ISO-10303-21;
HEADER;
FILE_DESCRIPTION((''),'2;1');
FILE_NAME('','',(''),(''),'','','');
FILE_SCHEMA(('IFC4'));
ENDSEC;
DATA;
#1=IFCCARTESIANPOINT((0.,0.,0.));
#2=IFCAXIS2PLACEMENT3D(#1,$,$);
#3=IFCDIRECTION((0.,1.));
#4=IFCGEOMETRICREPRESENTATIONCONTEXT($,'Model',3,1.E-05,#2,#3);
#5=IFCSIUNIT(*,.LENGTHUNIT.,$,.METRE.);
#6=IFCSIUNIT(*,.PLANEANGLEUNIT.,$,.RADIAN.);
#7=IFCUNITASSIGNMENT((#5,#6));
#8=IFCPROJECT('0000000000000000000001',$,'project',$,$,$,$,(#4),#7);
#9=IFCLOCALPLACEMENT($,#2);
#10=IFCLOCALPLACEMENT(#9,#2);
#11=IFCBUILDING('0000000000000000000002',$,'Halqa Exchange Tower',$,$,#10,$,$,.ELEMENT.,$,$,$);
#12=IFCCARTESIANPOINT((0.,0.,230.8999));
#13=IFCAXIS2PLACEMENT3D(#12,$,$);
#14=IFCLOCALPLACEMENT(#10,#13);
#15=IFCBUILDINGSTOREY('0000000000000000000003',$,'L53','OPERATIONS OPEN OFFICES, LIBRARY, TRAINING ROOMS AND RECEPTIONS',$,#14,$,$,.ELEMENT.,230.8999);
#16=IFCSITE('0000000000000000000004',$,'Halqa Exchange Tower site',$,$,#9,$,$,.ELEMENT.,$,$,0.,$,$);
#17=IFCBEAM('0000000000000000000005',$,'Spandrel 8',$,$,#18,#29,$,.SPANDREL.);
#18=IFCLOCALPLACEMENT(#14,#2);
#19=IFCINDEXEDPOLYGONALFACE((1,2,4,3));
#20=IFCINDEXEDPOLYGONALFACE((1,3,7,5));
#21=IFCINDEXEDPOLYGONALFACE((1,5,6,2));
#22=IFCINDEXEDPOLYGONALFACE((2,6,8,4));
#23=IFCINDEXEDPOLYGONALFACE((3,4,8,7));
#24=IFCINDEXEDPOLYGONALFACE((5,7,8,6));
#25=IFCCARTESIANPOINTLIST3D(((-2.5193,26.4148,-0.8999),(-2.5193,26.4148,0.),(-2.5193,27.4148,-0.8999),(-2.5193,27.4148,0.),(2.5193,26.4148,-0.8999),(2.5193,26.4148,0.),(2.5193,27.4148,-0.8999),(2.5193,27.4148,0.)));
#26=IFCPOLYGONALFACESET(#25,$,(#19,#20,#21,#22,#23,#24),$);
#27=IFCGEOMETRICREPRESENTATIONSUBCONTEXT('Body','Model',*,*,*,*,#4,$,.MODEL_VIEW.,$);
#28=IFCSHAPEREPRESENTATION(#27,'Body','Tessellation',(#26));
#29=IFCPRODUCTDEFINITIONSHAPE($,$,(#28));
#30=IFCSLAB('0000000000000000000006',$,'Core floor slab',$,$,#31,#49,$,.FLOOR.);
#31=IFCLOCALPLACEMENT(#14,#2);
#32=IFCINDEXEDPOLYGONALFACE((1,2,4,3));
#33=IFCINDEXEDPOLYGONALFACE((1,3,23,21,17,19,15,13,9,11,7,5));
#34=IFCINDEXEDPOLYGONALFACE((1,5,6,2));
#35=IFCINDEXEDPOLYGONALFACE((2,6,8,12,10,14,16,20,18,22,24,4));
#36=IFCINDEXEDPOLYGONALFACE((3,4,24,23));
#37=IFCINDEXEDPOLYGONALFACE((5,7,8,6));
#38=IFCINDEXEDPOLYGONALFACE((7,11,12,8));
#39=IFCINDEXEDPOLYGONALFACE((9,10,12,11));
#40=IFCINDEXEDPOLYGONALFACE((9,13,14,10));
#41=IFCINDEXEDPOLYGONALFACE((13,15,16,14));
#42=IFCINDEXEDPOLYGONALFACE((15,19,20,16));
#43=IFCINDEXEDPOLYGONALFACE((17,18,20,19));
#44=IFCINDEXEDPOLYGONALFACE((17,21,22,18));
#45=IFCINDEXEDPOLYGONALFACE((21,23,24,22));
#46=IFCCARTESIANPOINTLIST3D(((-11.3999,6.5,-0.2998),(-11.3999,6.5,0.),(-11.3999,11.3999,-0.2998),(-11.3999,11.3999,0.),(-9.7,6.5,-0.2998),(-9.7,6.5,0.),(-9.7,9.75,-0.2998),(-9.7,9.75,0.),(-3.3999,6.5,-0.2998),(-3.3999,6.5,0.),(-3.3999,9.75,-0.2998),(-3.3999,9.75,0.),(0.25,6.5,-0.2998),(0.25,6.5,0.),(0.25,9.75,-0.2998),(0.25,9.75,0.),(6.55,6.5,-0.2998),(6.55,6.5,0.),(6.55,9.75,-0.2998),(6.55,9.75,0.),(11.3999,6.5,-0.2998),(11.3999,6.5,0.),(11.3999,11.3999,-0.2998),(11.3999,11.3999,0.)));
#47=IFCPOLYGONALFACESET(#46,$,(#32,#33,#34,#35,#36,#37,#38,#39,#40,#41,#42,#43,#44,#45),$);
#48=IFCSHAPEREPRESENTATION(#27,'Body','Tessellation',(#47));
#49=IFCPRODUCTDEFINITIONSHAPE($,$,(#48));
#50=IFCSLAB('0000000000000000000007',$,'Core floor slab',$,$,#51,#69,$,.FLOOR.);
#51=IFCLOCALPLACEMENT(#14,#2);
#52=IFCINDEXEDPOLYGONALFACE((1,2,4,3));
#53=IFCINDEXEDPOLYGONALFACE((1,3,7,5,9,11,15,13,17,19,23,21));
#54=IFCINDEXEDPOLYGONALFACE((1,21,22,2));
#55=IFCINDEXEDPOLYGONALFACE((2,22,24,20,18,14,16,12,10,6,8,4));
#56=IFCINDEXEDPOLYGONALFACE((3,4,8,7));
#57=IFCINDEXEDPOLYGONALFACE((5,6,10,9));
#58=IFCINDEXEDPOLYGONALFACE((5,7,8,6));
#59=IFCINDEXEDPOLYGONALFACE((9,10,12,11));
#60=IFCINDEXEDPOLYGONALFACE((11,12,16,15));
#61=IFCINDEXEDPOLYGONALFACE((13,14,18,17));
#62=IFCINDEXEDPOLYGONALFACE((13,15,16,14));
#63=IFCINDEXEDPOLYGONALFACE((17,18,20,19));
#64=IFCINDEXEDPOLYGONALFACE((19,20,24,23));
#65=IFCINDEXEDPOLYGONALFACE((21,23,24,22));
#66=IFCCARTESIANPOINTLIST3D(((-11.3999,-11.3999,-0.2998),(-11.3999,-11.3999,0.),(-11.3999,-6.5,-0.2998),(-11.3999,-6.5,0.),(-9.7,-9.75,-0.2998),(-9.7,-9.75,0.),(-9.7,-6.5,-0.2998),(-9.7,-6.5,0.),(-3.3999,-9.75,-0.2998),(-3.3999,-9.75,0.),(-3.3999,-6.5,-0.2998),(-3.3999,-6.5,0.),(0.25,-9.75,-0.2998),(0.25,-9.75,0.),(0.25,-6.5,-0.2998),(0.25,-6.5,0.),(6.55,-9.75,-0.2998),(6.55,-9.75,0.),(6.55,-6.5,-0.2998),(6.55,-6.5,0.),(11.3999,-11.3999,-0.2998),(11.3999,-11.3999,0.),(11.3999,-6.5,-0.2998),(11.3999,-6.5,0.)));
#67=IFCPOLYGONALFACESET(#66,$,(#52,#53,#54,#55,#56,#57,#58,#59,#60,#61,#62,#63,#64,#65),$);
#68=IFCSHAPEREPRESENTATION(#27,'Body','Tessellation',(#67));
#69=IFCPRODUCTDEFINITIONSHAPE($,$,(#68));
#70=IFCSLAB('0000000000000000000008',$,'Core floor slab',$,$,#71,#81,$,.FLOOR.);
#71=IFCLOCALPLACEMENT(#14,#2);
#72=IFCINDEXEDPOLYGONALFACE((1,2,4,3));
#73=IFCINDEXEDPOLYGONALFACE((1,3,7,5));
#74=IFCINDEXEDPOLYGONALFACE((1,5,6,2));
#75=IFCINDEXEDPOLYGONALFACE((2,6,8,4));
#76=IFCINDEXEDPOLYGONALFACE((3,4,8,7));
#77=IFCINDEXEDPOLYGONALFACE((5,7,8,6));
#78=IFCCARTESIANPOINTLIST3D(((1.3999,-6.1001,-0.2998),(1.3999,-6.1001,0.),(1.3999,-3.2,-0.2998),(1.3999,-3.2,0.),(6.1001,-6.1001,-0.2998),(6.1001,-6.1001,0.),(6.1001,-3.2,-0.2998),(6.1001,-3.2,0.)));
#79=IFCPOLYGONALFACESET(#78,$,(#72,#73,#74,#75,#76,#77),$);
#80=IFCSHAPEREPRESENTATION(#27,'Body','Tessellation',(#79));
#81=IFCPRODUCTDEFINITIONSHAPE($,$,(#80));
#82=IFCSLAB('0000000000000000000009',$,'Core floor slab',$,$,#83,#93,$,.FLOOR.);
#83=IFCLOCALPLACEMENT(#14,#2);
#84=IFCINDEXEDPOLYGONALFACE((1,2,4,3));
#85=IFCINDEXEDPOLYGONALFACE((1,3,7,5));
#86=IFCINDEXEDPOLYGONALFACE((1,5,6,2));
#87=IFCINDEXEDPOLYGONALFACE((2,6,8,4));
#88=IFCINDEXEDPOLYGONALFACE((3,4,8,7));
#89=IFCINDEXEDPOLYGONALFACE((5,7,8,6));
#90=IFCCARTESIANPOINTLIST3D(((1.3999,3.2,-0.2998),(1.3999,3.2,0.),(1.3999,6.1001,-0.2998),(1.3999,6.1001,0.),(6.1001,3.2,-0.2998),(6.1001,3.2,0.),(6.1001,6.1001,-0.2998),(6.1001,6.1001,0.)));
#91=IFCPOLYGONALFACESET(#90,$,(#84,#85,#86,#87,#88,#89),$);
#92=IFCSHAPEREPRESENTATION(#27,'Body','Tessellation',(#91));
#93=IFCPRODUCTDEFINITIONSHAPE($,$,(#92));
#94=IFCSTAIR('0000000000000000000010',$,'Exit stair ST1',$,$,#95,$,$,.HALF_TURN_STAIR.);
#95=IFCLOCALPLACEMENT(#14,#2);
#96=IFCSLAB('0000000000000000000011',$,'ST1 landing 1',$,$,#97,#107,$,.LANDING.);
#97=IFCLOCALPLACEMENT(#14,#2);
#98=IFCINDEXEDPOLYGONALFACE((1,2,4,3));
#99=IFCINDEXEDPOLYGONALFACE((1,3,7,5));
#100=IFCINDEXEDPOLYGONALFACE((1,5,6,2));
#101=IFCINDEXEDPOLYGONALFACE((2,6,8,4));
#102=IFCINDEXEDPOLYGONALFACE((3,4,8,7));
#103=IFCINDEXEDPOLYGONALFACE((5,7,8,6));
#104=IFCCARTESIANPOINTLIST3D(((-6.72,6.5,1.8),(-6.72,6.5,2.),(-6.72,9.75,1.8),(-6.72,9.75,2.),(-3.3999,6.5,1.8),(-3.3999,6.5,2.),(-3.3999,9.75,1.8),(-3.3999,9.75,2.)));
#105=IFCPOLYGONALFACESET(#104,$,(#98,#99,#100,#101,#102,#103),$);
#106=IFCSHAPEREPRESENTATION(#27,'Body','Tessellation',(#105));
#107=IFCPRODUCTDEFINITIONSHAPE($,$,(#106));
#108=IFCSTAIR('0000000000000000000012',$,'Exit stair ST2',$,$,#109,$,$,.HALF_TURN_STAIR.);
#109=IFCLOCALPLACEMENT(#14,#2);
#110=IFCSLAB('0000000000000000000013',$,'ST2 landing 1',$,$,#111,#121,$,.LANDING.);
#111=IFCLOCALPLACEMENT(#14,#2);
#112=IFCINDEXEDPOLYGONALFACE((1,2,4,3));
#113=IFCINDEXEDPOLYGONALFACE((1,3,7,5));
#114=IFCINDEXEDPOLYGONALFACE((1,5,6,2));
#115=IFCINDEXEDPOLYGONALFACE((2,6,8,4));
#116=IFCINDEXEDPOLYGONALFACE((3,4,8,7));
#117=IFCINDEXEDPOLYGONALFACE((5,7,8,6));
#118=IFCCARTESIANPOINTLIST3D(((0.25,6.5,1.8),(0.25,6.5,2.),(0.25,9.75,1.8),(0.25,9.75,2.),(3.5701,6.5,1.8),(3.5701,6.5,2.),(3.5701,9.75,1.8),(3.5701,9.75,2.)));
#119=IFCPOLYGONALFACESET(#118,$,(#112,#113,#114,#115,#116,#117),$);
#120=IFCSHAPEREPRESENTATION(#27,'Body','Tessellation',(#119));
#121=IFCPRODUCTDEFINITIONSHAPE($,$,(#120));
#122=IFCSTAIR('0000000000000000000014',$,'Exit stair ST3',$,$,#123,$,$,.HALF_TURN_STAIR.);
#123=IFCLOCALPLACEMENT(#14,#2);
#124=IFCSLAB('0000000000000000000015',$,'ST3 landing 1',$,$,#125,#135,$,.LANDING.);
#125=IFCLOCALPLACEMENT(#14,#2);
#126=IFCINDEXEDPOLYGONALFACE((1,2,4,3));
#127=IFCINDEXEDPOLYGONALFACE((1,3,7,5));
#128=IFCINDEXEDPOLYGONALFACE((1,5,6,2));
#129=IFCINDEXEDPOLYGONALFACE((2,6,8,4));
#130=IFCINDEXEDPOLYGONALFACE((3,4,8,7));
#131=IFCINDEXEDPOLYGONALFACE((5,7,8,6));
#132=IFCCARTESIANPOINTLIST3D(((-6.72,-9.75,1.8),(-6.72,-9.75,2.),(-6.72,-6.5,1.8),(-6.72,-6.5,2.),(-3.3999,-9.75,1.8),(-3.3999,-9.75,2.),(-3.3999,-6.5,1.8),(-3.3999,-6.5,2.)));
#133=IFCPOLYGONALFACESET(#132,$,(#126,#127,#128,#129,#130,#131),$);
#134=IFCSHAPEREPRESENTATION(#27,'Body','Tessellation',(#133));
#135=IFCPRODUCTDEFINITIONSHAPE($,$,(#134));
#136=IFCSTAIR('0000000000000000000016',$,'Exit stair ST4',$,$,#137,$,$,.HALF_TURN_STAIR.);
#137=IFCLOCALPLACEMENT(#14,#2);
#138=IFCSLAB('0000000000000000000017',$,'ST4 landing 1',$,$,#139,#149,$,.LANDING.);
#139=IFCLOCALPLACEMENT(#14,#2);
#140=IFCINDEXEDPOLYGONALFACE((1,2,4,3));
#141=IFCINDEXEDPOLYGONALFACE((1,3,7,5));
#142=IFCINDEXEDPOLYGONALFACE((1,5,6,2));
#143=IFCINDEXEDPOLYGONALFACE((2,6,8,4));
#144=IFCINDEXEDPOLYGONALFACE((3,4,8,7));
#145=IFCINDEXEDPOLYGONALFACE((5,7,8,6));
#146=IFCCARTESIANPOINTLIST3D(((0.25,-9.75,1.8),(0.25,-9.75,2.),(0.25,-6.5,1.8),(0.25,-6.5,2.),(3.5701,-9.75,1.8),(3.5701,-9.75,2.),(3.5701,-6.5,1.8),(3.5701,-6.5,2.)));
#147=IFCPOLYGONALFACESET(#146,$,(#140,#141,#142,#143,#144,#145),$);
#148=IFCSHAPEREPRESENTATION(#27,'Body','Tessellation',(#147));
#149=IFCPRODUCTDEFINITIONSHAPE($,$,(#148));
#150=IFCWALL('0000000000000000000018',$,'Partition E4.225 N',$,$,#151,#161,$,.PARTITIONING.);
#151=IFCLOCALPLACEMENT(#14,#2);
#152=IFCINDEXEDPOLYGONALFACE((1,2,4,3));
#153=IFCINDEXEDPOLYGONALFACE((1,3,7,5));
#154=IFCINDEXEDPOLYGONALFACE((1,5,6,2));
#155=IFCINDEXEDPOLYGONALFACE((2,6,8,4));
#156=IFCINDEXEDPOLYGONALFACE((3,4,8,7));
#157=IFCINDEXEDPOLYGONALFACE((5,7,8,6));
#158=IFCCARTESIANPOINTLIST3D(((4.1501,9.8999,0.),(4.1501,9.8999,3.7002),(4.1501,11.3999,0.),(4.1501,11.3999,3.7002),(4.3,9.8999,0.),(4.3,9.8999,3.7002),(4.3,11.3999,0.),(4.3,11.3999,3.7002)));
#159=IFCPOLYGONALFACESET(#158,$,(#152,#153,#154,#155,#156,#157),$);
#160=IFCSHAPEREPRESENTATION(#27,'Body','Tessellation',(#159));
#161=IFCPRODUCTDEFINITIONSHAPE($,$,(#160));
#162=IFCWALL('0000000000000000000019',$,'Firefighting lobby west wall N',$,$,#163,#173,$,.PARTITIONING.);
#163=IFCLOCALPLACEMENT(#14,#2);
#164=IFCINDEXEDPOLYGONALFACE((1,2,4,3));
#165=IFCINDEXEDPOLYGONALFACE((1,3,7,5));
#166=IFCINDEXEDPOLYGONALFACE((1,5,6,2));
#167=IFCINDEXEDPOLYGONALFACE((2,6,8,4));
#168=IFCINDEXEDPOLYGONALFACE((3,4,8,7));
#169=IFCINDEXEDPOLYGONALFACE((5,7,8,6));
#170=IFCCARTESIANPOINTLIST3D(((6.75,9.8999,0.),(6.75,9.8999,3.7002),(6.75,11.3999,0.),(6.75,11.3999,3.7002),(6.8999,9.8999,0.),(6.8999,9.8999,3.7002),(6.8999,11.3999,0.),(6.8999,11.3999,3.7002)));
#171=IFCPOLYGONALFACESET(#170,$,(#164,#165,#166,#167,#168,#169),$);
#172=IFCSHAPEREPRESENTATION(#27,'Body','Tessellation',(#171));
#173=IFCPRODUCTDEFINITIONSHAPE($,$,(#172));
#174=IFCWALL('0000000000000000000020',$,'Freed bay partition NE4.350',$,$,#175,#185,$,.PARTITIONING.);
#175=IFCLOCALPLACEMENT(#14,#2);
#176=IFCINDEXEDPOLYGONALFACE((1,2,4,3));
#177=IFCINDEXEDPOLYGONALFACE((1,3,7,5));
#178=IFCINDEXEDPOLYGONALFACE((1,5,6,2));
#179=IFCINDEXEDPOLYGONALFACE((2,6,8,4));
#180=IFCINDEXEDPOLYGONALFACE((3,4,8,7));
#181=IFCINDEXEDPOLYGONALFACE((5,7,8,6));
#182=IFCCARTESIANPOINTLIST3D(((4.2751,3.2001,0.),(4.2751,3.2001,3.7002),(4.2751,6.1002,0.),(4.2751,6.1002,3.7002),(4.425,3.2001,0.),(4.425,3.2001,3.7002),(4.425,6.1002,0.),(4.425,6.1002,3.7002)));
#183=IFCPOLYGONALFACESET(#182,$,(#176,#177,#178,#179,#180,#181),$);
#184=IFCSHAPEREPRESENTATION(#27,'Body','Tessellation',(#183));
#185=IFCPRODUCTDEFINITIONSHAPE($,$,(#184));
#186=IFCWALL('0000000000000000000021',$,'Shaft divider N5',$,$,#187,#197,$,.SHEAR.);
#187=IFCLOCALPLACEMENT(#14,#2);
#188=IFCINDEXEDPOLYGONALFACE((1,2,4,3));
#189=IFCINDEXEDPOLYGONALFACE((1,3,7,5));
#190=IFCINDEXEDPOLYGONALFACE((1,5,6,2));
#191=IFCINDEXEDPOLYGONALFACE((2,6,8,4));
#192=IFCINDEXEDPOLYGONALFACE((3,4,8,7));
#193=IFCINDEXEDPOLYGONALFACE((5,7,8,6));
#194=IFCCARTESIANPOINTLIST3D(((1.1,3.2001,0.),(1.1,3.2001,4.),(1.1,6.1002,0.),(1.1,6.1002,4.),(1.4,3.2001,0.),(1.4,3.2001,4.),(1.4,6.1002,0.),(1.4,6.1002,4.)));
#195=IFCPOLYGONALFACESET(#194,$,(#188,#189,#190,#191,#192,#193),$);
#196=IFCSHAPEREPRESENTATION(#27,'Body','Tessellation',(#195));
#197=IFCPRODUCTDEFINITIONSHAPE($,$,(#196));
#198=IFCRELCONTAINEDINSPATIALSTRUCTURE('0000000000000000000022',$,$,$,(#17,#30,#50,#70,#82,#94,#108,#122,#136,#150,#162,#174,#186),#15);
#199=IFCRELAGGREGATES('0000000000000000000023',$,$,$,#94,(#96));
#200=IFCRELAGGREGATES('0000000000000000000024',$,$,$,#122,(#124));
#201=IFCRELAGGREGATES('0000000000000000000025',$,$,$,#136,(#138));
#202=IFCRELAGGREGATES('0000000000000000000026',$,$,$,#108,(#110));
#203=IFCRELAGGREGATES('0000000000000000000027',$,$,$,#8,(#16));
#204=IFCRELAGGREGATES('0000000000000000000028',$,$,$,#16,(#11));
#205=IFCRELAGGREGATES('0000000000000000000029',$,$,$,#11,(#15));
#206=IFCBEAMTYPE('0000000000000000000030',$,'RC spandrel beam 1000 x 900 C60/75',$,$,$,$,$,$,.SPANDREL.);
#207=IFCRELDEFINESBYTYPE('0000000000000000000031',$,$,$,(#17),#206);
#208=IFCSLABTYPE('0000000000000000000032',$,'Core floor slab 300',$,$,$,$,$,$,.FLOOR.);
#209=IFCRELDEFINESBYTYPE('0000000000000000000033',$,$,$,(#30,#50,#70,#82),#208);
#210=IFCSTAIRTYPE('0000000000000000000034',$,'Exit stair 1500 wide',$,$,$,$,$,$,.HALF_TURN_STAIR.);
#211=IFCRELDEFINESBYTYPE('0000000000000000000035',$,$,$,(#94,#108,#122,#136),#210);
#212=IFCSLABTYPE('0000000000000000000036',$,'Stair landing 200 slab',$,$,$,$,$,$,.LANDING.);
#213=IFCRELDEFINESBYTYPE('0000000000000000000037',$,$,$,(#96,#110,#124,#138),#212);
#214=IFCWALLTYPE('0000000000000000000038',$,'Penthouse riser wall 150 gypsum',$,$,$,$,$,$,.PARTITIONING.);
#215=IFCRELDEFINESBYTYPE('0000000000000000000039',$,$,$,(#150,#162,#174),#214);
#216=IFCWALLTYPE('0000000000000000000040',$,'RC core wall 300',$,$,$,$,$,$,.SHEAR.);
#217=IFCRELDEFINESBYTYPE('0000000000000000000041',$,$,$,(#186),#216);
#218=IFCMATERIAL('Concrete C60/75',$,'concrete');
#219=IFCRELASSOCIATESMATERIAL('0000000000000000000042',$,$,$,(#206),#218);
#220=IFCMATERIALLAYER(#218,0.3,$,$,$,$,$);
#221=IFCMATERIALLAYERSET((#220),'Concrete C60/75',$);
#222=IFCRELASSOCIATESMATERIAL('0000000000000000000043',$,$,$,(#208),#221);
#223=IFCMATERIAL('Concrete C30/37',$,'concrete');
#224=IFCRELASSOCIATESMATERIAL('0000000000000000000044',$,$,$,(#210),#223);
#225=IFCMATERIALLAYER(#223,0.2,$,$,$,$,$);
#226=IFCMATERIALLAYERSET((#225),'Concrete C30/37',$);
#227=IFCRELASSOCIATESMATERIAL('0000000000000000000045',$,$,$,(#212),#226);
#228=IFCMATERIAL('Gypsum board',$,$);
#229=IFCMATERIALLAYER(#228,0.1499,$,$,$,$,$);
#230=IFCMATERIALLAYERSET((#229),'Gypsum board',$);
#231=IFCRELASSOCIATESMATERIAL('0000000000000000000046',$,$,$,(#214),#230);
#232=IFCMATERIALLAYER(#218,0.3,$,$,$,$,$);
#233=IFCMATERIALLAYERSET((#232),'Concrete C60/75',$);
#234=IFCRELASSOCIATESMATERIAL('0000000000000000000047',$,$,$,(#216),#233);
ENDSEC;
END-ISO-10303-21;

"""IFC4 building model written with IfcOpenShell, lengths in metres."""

from ifc_helpers import new_model, si_unit, direction, frame, frame_2d, origin, origin_2d, place, context, subcontext, project, spatial, polyline, rectangle, outline, extrude, material, layer, layer_set, material_profile, profile_set, type_object, element, aggregate, save


model = new_model("IFC4")

# Units and contexts
model_context = context("Model", 3, precision=1e-05, world=origin(), true_north=direction((0.0, 1.0)))
body_context = subcontext(model_context, "Body", "Model", "MODEL_VIEW")
ifc_project = project(units=[si_unit("LENGTHUNIT", "METRE"), si_unit("PLANEANGLEUNIT", "RADIAN")], contexts=[model_context])

# Site, building, storey
site_placement = place(None, origin())
site = spatial("IfcSite", under=ifc_project, at=site_placement, Name="Halqa Exchange Tower site", CompositionType="ELEMENT", RefElevation=0.0)
building_placement = place(site_placement, origin())
building = spatial("IfcBuilding", under=site, at=building_placement, Name="Halqa Exchange Tower", CompositionType="ELEMENT")
storey_placement = place(building_placement, frame((0.0, 0.0, 230.8999)))
storey = spatial("IfcBuildingStorey", under=building, at=storey_placement, Name="L53", Description="OPERATIONS OPEN OFFICES, LIBRARY, TRAINING ROOMS AND RECEPTIONS", CompositionType="ELEMENT", Elevation=230.8999)

# Shared definitions
ifc_material_1 = material(Name="Concrete C60/75", Category="concrete")

# Beam
ifc_material_profile_1 = material_profile(ifc_material_1, rectangle(XDim=1.0, YDim=0.8999, at=origin_2d()), Name="1000 x 900")
ifc_profile_set_1 = profile_set([ifc_material_profile_1], Name="Concrete C60/75")
beam_type_1 = type_object("IfcBeamType", Name="RC spandrel beam 1000 x 900 C60/75", PredefinedType="SPANDREL", material=ifc_profile_set_1)
beam_1_placement = place(storey_placement, frame((2.5193, 26.9148, -0.45), z_axis=(-1.0, 0.0, 0.0), x_axis=(0.0, -1.0, 0.0)))
element("IfcBeam", 1, at=beam_1_placement, inside=storey, type_object=beam_type_1, Name="Spandrel 8", PredefinedType="SPANDREL", context=body_context, shape_type="SweptSolid", body=[
    extrude(rectangle(XDim=1.0, YDim=0.8999, at=origin_2d()), origin(), (0.0, 0.0, 1.0), 5.0386),
])

# Slabs
ifc_layer_1 = layer(ifc_material_1, 0.3)
ifc_layer_set_1 = layer_set([ifc_layer_1], Name="Concrete C60/75")
slab_type_1 = type_object("IfcSlabType", Name="Core floor slab 300", PredefinedType="FLOOR", material=ifc_layer_set_1)
slab_1_placement = place(storey_placement, frame((0.0, 0.0, -0.2998)))
element("IfcSlab", 2, at=slab_1_placement, inside=storey, type_object=slab_type_1, Name="Core floor slab", PredefinedType="FLOOR", context=body_context, shape_type="SweptSolid", body=[
    extrude(outline(polyline([(-11.3999, 11.3999), (11.3999, 11.3999), (11.3999, 6.5), (6.55, 6.5), (6.55, 9.75), (0.25, 9.75), (0.25, 6.5), (-3.3999, 6.5), (-3.3999, 9.75), (-9.7, 9.75), (-9.7, 6.5), (-11.3999, 6.5), (-11.3999, 11.3999)])), origin(), (0.0, 0.0, 1.0), 0.2998),
])
slab_2_placement = place(storey_placement, frame((0.0, 0.0, -0.2998)))
element("IfcSlab", 3, at=slab_2_placement, inside=storey, type_object=slab_type_1, Name="Core floor slab", PredefinedType="FLOOR", context=body_context, shape_type="SweptSolid", body=[
    extrude(outline(polyline([(-9.7, -9.75), (-3.3999, -9.75), (-3.3999, -6.5), (0.25, -6.5), (0.25, -9.75), (6.55, -9.75), (6.55, -6.5), (11.3999, -6.5), (11.3999, -11.3999), (-11.3999, -11.3999), (-11.3999, -6.5), (-9.7, -6.5), (-9.7, -9.75)])), origin(), (0.0, 0.0, 1.0), 0.2998),
])
slab_3_placement = place(storey_placement, frame((0.0, 0.0, -0.2998)))
element("IfcSlab", 4, at=slab_3_placement, inside=storey, type_object=slab_type_1, Name="Core floor slab", PredefinedType="FLOOR", context=body_context, shape_type="SweptSolid", body=[
    extrude(outline(polyline([(6.1001, -3.2), (6.1001, -6.1001), (1.3999, -6.1001), (1.3999, -3.2), (6.1001, -3.2)])), origin(), (0.0, 0.0, 1.0), 0.2998),
])
slab_4_placement = place(storey_placement, frame((0.0, 0.0, -0.2998)))
element("IfcSlab", 5, at=slab_4_placement, inside=storey, type_object=slab_type_1, Name="Core floor slab", PredefinedType="FLOOR", context=body_context, shape_type="SweptSolid", body=[
    extrude(outline(polyline([(6.1001, 6.1001), (6.1001, 3.2), (1.3999, 3.2), (1.3999, 6.1001), (6.1001, 6.1001)])), origin(), (0.0, 0.0, 1.0), 0.2998),
])

# Stairs, slabs
ifc_material_2 = material(Name="Concrete C30/37", Category="concrete")
stair_type = type_object("IfcStairType", Name="Exit stair 1500 wide", PredefinedType="HALF_TURN_STAIR", material=ifc_material_2)
stair_1_placement = place(storey_placement, origin())
stair_1 = element("IfcStair", 6, at=stair_1_placement, inside=storey, type_object=stair_type, Name="Exit stair ST1", PredefinedType="HALF_TURN_STAIR")
ifc_layer_2 = layer(ifc_material_2, 0.2)
ifc_layer_set_2 = layer_set([ifc_layer_2], Name="Concrete C30/37")
slab_type_2 = type_object("IfcSlabType", Name="Stair landing 200 slab", PredefinedType="LANDING", material=ifc_layer_set_2)
slab_5_placement = place(storey_placement, frame((0.0, 0.0, 1.8)))
slab_5 = element("IfcSlab", 7, at=slab_5_placement, type_object=slab_type_2, Name="ST1 landing 1", PredefinedType="LANDING", context=body_context, shape_type="SweptSolid", body=[
    extrude(outline(polyline([(-6.72, 6.5), (-3.3999, 6.5), (-3.3999, 9.75), (-6.72, 9.75), (-6.72, 6.5)])), origin(), (0.0, 0.0, 1.0), 0.2),
])
aggregate(stair_1, [slab_5])
stair_2_placement = place(storey_placement, origin())
stair_2 = element("IfcStair", 8, at=stair_2_placement, inside=storey, type_object=stair_type, Name="Exit stair ST2", PredefinedType="HALF_TURN_STAIR")
slab_6_placement = place(storey_placement, frame((0.0, 0.0, 1.8)))
slab_6 = element("IfcSlab", 9, at=slab_6_placement, type_object=slab_type_2, Name="ST2 landing 1", PredefinedType="LANDING", context=body_context, shape_type="SweptSolid", body=[
    extrude(outline(polyline([(0.25, 6.5), (3.5701, 6.5), (3.5701, 9.75), (0.25, 9.75), (0.25, 6.5)])), origin(), (0.0, 0.0, 1.0), 0.2),
])
stair_3_placement = place(storey_placement, origin())
stair_3 = element("IfcStair", 10, at=stair_3_placement, inside=storey, type_object=stair_type, Name="Exit stair ST3", PredefinedType="HALF_TURN_STAIR")
slab_7_placement = place(storey_placement, frame((0.0, 0.0, 1.8)))
slab_7 = element("IfcSlab", 11, at=slab_7_placement, type_object=slab_type_2, Name="ST3 landing 1", PredefinedType="LANDING", context=body_context, shape_type="SweptSolid", body=[
    extrude(outline(polyline([(-6.72, -9.75), (-3.3999, -9.75), (-3.3999, -6.5), (-6.72, -6.5), (-6.72, -9.75)])), origin(), (0.0, 0.0, 1.0), 0.2),
])
aggregate(stair_3, [slab_7])
stair_4_placement = place(storey_placement, origin())
stair_4 = element("IfcStair", 12, at=stair_4_placement, inside=storey, type_object=stair_type, Name="Exit stair ST4", PredefinedType="HALF_TURN_STAIR")
slab_8_placement = place(storey_placement, frame((0.0, 0.0, 1.8)))
slab_8 = element("IfcSlab", 13, at=slab_8_placement, type_object=slab_type_2, Name="ST4 landing 1", PredefinedType="LANDING", context=body_context, shape_type="SweptSolid", body=[
    extrude(outline(polyline([(0.25, -9.75), (3.5701, -9.75), (3.5701, -6.5), (0.25, -6.5), (0.25, -9.75)])), origin(), (0.0, 0.0, 1.0), 0.2),
])
aggregate(stair_4, [slab_8])

# Walls
ifc_material_3 = material(Name="Gypsum board")
ifc_layer_3 = layer(ifc_material_3, 0.1499)
ifc_layer_set_3 = layer_set([ifc_layer_3], Name="Gypsum board")
wall_type_1 = type_object("IfcWallType", Name="Penthouse riser wall 150 gypsum", PredefinedType="PARTITIONING", material=ifc_layer_set_3)
for number, where, z_axis, x_axis, name in (
    (14, (4.2251, 9.8999, 0.0), (0.0, 0.0, 1.0), (0.0, 1.0, 0.0), "Partition E4.225 N"),
    (15, (6.825, 9.8999, 0.0), (0.0, 0.0, 1.0), (0.0, 1.0, 0.0), "Firefighting lobby west wall N"),
):
    element("IfcWall", number, at=place(storey_placement, frame(where, z_axis=z_axis, x_axis=x_axis)), inside=storey, type_object=wall_type_1, Name=name, PredefinedType="PARTITIONING", context=body_context, shape_type="SweptSolid", body=[
        extrude(rectangle(XDim=1.5, YDim=0.1499, at=frame_2d((0.75, 0.0))), origin(), (0.0, 0.0, 1.0), 3.7002),
    ])
wall_1_placement = place(storey_placement, frame((4.3501, 3.2, 0.0), z_axis=(0.0, 0.0, 1.0), x_axis=(0.0, 1.0, 0.0)))
element("IfcWall", 16, at=wall_1_placement, inside=storey, type_object=wall_type_1, Name="Freed bay partition NE4.350", PredefinedType="PARTITIONING", context=body_context, shape_type="SweptSolid", body=[
    extrude(rectangle(XDim=2.9001, YDim=0.1499, at=frame_2d((1.4502, 0.0))), origin(), (0.0, 0.0, 1.0), 3.7002),
])
ifc_layer_4 = layer(ifc_material_1, 0.3)
ifc_layer_set_4 = layer_set([ifc_layer_4], Name="Concrete C60/75")
wall_type_2 = type_object("IfcWallType", Name="RC core wall 300", PredefinedType="SHEAR", material=ifc_layer_set_4)
for number, where, z_axis, x_axis, name in (
    (17, (1.25, 3.2, 0.0), (0.0, 0.0, 1.0), (0.0, 1.0, 0.0), "Shaft divider N5"),
):
    element("IfcWall", number, at=place(storey_placement, frame(where, z_axis=z_axis, x_axis=x_axis)), inside=storey, type_object=wall_type_2, Name=name, PredefinedType="SHEAR", context=body_context, shape_type="SweptSolid", body=[
        extrude(rectangle(XDim=2.9001, YDim=0.3, at=frame_2d((1.4502, 0.0))), origin(), (0.0, 0.0, 1.0), 4.0),
    ])

aggregate(stair_2, [slab_6])

save(model, "model.ifc")
